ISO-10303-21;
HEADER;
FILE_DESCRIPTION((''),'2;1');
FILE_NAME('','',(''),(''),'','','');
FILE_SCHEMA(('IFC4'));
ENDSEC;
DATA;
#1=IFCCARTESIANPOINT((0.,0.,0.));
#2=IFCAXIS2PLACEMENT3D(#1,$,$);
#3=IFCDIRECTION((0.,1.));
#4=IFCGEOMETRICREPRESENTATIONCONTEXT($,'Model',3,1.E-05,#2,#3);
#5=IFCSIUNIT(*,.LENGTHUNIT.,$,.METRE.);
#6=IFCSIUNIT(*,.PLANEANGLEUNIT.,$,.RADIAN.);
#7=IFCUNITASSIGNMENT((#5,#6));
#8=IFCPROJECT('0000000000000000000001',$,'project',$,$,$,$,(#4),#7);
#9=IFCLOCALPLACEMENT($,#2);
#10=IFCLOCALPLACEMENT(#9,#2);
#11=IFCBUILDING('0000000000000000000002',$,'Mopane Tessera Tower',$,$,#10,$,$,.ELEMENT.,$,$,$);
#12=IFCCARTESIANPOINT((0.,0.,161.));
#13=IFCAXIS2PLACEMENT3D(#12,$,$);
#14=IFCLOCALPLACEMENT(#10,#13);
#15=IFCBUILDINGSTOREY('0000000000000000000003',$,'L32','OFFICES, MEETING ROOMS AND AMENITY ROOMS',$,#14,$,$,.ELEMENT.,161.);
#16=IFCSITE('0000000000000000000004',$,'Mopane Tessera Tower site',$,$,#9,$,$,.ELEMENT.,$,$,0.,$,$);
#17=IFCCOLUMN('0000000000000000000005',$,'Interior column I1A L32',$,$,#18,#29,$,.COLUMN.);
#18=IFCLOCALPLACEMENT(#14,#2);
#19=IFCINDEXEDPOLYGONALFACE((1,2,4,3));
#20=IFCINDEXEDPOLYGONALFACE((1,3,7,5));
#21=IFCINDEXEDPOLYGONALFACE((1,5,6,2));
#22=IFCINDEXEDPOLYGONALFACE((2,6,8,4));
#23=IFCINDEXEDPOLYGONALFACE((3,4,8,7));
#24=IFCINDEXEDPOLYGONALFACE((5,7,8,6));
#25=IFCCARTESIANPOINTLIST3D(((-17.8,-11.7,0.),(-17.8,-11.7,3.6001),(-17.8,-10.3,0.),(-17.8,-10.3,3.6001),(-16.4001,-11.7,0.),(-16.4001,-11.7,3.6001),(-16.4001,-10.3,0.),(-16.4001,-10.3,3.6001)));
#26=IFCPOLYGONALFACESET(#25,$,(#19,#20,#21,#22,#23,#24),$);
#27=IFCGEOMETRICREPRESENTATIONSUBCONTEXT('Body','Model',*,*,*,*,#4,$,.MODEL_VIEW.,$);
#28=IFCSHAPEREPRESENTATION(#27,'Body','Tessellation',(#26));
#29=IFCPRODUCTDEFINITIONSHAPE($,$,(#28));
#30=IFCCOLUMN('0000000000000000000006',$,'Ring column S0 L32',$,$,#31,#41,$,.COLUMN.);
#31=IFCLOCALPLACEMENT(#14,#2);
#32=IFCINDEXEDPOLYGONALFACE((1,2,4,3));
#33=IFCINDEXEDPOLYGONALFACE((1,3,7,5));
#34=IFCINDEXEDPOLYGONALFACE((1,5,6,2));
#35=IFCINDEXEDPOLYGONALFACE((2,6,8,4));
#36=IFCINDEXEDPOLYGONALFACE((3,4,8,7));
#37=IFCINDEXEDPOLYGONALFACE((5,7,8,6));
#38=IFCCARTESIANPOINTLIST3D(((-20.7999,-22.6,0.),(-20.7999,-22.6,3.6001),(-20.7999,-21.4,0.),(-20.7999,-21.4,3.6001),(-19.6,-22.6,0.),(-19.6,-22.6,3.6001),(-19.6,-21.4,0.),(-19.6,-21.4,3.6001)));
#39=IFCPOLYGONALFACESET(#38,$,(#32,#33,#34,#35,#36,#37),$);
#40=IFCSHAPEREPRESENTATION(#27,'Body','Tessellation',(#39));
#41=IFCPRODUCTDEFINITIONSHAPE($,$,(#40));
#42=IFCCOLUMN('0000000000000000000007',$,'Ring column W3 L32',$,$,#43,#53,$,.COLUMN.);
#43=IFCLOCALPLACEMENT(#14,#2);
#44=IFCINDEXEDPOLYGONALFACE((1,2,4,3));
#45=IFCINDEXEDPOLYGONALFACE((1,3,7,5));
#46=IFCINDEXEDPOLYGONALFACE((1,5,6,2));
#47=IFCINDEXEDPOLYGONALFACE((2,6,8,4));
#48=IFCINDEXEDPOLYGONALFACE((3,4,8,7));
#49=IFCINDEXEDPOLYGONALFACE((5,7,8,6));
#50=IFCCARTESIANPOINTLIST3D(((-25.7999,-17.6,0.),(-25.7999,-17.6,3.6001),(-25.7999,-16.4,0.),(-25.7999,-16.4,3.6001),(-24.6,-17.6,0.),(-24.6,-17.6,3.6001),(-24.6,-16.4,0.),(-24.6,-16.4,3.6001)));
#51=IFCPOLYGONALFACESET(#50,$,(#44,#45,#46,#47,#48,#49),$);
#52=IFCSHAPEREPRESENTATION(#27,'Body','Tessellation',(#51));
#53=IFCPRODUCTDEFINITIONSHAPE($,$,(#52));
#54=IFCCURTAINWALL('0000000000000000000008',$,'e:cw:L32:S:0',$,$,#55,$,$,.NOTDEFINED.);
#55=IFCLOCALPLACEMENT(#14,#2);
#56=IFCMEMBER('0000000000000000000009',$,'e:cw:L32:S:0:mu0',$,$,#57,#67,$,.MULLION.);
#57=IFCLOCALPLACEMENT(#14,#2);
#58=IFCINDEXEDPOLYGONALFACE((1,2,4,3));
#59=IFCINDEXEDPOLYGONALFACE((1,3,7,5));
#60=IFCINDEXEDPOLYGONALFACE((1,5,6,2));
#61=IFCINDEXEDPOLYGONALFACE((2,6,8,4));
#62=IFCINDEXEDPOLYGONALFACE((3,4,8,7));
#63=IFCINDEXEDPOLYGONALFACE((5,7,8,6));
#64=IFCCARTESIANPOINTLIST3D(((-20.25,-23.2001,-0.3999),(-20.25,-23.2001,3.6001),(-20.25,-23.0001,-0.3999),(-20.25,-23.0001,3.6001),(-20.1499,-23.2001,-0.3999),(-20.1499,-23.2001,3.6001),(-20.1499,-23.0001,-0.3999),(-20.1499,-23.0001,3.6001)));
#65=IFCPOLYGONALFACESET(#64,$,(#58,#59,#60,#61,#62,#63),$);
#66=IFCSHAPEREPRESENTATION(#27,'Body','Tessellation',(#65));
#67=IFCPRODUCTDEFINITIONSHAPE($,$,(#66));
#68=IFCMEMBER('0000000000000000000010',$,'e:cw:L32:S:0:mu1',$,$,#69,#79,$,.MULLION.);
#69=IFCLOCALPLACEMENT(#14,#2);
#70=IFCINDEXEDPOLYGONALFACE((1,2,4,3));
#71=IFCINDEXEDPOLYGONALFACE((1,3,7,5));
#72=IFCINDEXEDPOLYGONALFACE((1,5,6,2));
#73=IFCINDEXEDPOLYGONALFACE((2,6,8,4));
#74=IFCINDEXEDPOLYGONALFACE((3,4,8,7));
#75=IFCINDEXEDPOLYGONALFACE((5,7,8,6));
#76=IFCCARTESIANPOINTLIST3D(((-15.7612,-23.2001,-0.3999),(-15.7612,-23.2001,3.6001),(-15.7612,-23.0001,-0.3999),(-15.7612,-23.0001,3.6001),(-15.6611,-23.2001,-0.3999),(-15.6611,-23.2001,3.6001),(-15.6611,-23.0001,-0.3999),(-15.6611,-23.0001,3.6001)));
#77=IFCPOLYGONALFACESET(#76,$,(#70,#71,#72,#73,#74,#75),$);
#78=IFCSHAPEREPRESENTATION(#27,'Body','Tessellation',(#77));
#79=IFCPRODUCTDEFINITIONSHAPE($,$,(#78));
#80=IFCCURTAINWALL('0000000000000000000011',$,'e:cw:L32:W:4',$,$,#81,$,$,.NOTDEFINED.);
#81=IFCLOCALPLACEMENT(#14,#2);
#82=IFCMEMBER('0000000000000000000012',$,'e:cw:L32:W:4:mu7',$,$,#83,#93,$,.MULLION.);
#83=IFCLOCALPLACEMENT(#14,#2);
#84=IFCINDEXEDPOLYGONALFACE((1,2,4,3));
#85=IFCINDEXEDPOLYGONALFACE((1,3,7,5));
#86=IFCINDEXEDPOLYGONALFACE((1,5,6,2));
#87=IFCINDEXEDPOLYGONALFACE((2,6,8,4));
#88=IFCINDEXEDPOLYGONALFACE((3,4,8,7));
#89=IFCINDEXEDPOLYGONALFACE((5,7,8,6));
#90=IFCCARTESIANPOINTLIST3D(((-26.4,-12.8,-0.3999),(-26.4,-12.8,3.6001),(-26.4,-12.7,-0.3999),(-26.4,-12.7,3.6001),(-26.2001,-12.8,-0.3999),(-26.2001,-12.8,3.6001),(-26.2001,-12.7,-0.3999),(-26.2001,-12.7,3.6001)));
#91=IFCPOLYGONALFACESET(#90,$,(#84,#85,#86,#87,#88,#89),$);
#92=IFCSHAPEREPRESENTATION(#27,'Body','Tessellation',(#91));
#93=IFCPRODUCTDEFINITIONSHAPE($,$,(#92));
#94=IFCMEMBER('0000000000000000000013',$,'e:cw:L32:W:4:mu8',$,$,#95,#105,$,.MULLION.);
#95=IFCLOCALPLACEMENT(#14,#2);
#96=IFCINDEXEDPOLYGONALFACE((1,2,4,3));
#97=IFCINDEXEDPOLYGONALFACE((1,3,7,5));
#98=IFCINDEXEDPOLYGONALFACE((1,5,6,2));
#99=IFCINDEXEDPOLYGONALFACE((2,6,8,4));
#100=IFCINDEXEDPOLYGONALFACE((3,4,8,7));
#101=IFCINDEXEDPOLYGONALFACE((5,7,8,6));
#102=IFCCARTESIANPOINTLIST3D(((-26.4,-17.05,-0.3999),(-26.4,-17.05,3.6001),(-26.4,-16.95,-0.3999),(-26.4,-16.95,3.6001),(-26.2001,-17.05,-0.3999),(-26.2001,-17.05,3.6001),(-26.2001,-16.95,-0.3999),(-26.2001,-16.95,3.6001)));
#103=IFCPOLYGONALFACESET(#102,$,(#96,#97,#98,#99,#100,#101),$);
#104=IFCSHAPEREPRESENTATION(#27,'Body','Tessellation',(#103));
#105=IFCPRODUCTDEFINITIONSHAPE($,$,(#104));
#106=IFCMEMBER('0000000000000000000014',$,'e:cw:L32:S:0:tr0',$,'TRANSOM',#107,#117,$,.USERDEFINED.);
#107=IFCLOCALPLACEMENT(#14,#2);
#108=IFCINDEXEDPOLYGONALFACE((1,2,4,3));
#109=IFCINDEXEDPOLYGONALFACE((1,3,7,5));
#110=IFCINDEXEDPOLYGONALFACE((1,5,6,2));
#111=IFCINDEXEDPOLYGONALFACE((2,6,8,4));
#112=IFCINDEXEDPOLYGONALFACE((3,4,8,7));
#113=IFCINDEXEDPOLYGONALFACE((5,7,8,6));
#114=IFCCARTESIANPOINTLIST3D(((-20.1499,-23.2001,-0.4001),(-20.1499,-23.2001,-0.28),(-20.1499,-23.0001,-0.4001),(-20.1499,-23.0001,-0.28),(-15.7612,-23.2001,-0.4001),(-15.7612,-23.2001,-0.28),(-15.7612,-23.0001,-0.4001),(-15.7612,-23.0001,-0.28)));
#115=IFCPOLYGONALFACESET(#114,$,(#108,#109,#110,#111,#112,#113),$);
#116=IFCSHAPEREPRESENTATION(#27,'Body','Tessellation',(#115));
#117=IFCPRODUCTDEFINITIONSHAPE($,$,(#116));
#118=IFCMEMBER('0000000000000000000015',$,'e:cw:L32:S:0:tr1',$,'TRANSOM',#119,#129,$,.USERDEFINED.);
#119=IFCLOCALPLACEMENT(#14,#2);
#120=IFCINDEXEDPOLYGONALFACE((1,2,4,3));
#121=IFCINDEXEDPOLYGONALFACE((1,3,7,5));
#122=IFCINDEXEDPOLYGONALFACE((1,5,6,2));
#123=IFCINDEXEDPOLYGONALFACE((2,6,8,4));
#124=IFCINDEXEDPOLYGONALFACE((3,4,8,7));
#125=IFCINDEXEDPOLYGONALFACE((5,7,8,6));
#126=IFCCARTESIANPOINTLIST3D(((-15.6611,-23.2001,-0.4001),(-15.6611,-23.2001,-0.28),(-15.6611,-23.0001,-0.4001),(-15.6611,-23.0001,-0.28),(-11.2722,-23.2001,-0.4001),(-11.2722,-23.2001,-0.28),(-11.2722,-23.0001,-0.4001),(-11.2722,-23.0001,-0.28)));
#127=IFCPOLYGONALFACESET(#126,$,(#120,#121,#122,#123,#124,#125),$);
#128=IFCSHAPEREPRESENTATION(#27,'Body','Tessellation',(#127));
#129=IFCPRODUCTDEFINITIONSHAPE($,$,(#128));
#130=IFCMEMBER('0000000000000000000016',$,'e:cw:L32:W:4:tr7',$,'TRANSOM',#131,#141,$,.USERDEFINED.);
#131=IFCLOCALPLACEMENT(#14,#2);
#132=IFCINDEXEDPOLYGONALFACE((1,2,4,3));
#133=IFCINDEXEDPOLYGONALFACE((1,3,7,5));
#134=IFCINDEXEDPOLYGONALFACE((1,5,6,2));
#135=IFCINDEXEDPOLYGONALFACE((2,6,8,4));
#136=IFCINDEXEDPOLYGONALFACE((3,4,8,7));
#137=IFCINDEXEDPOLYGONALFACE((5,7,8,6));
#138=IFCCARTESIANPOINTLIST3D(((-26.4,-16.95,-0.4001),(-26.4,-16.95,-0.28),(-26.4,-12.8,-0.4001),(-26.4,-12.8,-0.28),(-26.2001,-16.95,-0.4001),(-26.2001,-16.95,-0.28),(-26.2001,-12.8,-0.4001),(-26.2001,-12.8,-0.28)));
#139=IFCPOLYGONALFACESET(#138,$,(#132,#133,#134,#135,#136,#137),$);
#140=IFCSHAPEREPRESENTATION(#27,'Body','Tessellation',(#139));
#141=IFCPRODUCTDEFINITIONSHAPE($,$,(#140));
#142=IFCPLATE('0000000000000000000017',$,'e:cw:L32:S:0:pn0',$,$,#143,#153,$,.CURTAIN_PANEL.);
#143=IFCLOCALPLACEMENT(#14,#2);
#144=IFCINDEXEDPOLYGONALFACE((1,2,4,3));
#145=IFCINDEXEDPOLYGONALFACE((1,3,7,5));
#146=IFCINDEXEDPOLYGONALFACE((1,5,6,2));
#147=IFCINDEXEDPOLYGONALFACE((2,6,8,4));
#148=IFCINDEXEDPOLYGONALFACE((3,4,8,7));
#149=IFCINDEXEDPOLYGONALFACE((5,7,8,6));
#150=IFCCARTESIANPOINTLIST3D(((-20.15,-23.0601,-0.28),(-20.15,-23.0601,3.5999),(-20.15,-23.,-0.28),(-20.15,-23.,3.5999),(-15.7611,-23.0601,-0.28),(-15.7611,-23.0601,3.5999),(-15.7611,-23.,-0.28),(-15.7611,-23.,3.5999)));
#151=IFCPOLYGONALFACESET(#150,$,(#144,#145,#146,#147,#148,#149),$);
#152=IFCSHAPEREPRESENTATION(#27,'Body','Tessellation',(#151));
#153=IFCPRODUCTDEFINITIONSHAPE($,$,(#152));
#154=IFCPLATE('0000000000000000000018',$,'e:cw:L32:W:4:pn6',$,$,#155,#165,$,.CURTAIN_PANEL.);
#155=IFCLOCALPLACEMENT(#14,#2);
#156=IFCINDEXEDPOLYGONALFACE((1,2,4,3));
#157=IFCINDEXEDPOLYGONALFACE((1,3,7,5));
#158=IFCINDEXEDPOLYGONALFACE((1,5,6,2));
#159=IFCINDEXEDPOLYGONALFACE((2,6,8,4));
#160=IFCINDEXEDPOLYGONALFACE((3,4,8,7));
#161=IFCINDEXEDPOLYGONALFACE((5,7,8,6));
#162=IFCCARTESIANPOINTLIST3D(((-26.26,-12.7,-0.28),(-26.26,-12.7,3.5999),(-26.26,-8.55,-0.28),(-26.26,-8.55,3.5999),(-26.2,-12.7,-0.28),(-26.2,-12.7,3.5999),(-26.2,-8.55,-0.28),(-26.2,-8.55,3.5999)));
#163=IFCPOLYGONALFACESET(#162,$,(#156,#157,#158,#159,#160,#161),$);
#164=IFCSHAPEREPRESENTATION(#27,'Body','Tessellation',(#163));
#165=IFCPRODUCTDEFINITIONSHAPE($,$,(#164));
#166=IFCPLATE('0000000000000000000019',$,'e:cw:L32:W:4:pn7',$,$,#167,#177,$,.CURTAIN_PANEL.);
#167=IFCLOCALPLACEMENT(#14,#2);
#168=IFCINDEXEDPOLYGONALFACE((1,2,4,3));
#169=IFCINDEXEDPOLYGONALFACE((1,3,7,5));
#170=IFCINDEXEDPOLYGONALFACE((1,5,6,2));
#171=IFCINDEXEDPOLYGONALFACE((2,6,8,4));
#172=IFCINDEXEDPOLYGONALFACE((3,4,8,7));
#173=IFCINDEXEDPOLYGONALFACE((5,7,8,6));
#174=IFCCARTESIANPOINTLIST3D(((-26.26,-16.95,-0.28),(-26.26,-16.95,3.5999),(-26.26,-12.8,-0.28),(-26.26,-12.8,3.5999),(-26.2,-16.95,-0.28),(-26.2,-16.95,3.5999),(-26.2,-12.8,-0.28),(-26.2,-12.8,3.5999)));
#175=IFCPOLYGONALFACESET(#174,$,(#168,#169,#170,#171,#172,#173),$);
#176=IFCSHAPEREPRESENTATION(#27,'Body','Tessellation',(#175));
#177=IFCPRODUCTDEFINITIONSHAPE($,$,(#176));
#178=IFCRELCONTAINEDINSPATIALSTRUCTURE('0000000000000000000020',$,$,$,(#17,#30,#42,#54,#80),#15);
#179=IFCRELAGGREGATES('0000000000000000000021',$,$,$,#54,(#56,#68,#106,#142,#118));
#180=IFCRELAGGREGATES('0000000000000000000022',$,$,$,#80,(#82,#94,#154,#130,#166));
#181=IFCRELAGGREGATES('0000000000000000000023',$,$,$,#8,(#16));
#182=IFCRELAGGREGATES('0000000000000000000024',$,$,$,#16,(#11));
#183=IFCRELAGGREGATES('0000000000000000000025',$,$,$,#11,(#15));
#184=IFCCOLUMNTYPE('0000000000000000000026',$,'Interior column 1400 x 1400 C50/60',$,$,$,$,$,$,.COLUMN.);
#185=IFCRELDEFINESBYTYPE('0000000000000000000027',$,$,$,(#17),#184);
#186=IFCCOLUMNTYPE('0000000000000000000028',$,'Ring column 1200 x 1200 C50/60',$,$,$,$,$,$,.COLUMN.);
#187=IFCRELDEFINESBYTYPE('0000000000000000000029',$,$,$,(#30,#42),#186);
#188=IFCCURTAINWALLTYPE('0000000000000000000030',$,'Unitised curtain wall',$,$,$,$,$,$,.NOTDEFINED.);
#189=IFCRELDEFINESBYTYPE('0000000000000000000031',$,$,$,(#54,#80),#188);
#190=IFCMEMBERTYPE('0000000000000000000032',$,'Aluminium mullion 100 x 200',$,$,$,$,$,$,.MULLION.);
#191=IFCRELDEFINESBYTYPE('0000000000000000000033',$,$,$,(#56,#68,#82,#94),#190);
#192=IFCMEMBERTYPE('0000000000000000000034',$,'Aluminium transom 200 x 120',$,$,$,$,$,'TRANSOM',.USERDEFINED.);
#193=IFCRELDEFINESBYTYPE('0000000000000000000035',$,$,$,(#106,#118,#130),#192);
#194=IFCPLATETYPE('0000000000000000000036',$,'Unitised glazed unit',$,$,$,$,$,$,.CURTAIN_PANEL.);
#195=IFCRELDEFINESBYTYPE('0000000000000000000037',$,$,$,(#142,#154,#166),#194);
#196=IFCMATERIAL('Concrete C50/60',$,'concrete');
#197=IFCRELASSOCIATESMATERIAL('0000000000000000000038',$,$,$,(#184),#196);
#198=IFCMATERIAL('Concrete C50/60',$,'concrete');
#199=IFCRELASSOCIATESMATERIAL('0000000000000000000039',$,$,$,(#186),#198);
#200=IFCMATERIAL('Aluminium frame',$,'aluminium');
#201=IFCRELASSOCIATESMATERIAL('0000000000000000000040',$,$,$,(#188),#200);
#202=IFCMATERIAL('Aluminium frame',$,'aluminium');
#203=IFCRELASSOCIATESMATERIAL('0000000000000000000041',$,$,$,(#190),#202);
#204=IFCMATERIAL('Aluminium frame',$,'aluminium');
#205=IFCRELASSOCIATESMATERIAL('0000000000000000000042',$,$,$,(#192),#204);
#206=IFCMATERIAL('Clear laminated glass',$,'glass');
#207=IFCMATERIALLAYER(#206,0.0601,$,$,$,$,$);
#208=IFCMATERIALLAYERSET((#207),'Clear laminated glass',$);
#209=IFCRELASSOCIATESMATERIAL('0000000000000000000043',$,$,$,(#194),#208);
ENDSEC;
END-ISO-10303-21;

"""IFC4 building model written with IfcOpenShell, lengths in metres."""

from ifc_helpers import new_model, si_unit, direction, frame, origin, origin_2d, place, context, subcontext, project, spatial, rectangle, extrude, material, layer, layer_set, material_profile, profile_set, type_object, element, aggregate, save


model = new_model("IFC4")

# Units and contexts
model_context = context("Model", 3, precision=1e-05, world=origin(), true_north=direction((0.0, 1.0)))
body_context = subcontext(model_context, "Body", "Model", "MODEL_VIEW")
ifc_project = project(units=[si_unit("LENGTHUNIT", "METRE"), si_unit("PLANEANGLEUNIT", "RADIAN")], contexts=[model_context])

# Site, building, storey
site_placement = place(None, origin())
site = spatial("IfcSite", under=ifc_project, at=site_placement, Name="Mopane Tessera Tower site", CompositionType="ELEMENT", RefElevation=0.0)
building_placement = place(site_placement, origin())
building = spatial("IfcBuilding", under=site, at=building_placement, Name="Mopane Tessera Tower", CompositionType="ELEMENT")
storey_placement = place(building_placement, frame((0.0, 0.0, 161.0)))
storey = spatial("IfcBuildingStorey", under=building, at=storey_placement, Name="L32", Description="OFFICES, MEETING ROOMS AND AMENITY ROOMS", CompositionType="ELEMENT", Elevation=161.0)

# Columns
ifc_material_1 = material(Name="Concrete C50/60", Category="concrete")
ifc_material_profile_1 = material_profile(ifc_material_1, rectangle(XDim=1.3999, YDim=1.3999, at=origin_2d()))
ifc_profile_set_1 = profile_set([ifc_material_profile_1], Name="Concrete C50/60")
column_type_1 = type_object("IfcColumnType", Name="Interior column 1400 x 1400 C50/60", PredefinedType="COLUMN", material=ifc_profile_set_1)
column_placement = place(storey_placement, frame((-17.1001, -11.0, 0.0), z_axis=(0.0, 0.0, 1.0), x_axis=(1.0, 0.0, 0.0)))
element("IfcColumn", 1, at=column_placement, inside=storey, type_object=column_type_1, Name="Interior column I1A L32", PredefinedType="COLUMN", context=body_context, shape_type="SweptSolid", body=[
    extrude(rectangle(XDim=1.3999, YDim=1.3999, at=origin_2d()), origin(), (0.0, 0.0, 1.0), 3.6001),
])
ifc_material_2 = material(Name="Concrete C50/60", Category="concrete")
ifc_material_profile_2 = material_profile(ifc_material_2, rectangle(XDim=1.2, YDim=1.2, at=origin_2d()))
ifc_profile_set_2 = profile_set([ifc_material_profile_2], Name="Concrete C50/60")
column_type_2 = type_object("IfcColumnType", Name="Ring column 1200 x 1200 C50/60", PredefinedType="COLUMN", material=ifc_profile_set_2)
for number, where, z_axis, x_axis, name in (
    (2, (-20.2, -22.0, 0.0), (0.0, 0.0, 1.0), (1.0, 0.0, 0.0), "Ring column S0 L32"),
    (3, (-25.2, -17.0, 0.0), (0.0, 0.0, 1.0), (1.0, 0.0, 0.0), "Ring column W3 L32"),
):
    element("IfcColumn", number, at=place(storey_placement, frame(where, z_axis=z_axis, x_axis=x_axis)), inside=storey, type_object=column_type_2, Name=name, PredefinedType="COLUMN", context=body_context, shape_type="SweptSolid", body=[
        extrude(rectangle(XDim=1.2, YDim=1.2, at=origin_2d()), origin(), (0.0, 0.0, 1.0), 3.6001),
    ])

# Curtain walls, members
ifc_material_3 = material(Name="Aluminium frame", Category="aluminium")
curtain_wall_type = type_object("IfcCurtainWallType", Name="Unitised curtain wall", PredefinedType="NOTDEFINED", material=ifc_material_3)
curtain_wall_1_placement = place(storey_placement, origin())
curtain_wall_1 = element("IfcCurtainWall", 4, at=curtain_wall_1_placement, inside=storey, type_object=curtain_wall_type, Name="e:cw:L32:S:0", PredefinedType="NOTDEFINED")
ifc_material_4 = material(Name="Aluminium frame", Category="aluminium")
ifc_material_profile_3 = material_profile(ifc_material_4, rectangle(XDim=0.1001, YDim=0.2, at=origin_2d()))
ifc_profile_set_3 = profile_set([ifc_material_profile_3], Name="Aluminium frame")
member_type_1 = type_object("IfcMemberType", Name="Aluminium mullion 100 x 200", PredefinedType="MULLION", material=ifc_profile_set_3)
member_1_placement = place(storey_placement, frame((-20.2, -23.1001, -0.3999), z_axis=(0.0, 0.0, 1.0), x_axis=(1.0, 0.0, 0.0)))
member_1 = element("IfcMember", 5, at=member_1_placement, type_object=member_type_1, Name="e:cw:L32:S:0:mu0", PredefinedType="MULLION", context=body_context, shape_type="SweptSolid", body=[
    extrude(rectangle(XDim=0.1001, YDim=0.2, at=origin_2d()), origin(), (0.0, 0.0, 1.0), 4.0),
])
member_2_placement = place(storey_placement, frame((-15.7112, -23.1001, -0.3999), z_axis=(0.0, 0.0, 1.0), x_axis=(1.0, 0.0, 0.0)))
member_2 = element("IfcMember", 6, at=member_2_placement, type_object=member_type_1, Name="e:cw:L32:S:0:mu1", PredefinedType="MULLION", context=body_context, shape_type="SweptSolid", body=[
    extrude(rectangle(XDim=0.1001, YDim=0.2, at=origin_2d()), origin(), (0.0, 0.0, 1.0), 4.0),
])
curtain_wall_2_placement = place(storey_placement, origin())
curtain_wall_2 = element("IfcCurtainWall", 7, at=curtain_wall_2_placement, inside=storey, type_object=curtain_wall_type, Name="e:cw:L32:W:4", PredefinedType="NOTDEFINED")
member_3_placement = place(storey_placement, frame((-26.3, -12.75, -0.3999), z_axis=(0.0, 0.0, 1.0), x_axis=(0.0, -1.0, 0.0)))
member_3 = element("IfcMember", 8, at=member_3_placement, type_object=member_type_1, Name="e:cw:L32:W:4:mu7", PredefinedType="MULLION", context=body_context, shape_type="SweptSolid", body=[
    extrude(rectangle(XDim=0.1001, YDim=0.2, at=origin_2d()), origin(), (0.0, 0.0, 1.0), 4.0),
])
member_4_placement = place(storey_placement, frame((-26.3, -17.0, -0.3999), z_axis=(0.0, 0.0, 1.0), x_axis=(0.0, -1.0, 0.0)))
member_4 = element("IfcMember", 9, at=member_4_placement, type_object=member_type_1, Name="e:cw:L32:W:4:mu8", PredefinedType="MULLION", context=body_context, shape_type="SweptSolid", body=[
    extrude(rectangle(XDim=0.1001, YDim=0.2, at=origin_2d()), origin(), (0.0, 0.0, 1.0), 4.0),
])

# Members
ifc_material_5 = material(Name="Aluminium frame", Category="aluminium")
ifc_material_profile_4 = material_profile(ifc_material_5, rectangle(XDim=0.2, YDim=0.1201, at=origin_2d()))
ifc_profile_set_4 = profile_set([ifc_material_profile_4], Name="Aluminium frame")
member_type_2 = type_object("IfcMemberType", Name="Aluminium transom 200 x 120", ElementType="TRANSOM", PredefinedType="USERDEFINED", material=ifc_profile_set_4)
member_5_placement = place(storey_placement, frame((-20.1499, -23.1001, -0.3401), z_axis=(1.0, 0.0, 0.0), x_axis=(0.0, 1.0, 0.0)))
member_5 = element("IfcMember", 10, at=member_5_placement, type_object=member_type_2, Name="e:cw:L32:S:0:tr0", ObjectType="TRANSOM", PredefinedType="USERDEFINED", context=body_context, shape_type="SweptSolid", body=[
    extrude(rectangle(XDim=0.2, YDim=0.1201, at=origin_2d()), origin(), (0.0, 0.0, 1.0), 4.3887),
])
member_6_placement = place(storey_placement, frame((-15.6611, -23.1001, -0.3401), z_axis=(1.0, 0.0, 0.0), x_axis=(0.0, 1.0, 0.0)))
member_6 = element("IfcMember", 11, at=member_6_placement, type_object=member_type_2, Name="e:cw:L32:S:0:tr1", ObjectType="TRANSOM", PredefinedType="USERDEFINED", context=body_context, shape_type="SweptSolid", body=[
    extrude(rectangle(XDim=0.2, YDim=0.1201, at=origin_2d()), origin(), (0.0, 0.0, 1.0), 4.3889),
])
member_7_placement = place(storey_placement, frame((-26.3, -12.8, -0.3401), z_axis=(0.0, -1.0, 0.0), x_axis=(1.0, 0.0, 0.0)))
member_7 = element("IfcMember", 12, at=member_7_placement, type_object=member_type_2, Name="e:cw:L32:W:4:tr7", ObjectType="TRANSOM", PredefinedType="USERDEFINED", context=body_context, shape_type="SweptSolid", body=[
    extrude(rectangle(XDim=0.2, YDim=0.1201, at=origin_2d()), origin(), (0.0, 0.0, 1.0), 4.1499),
])

# Plates
ifc_material_6 = material(Name="Clear laminated glass", Category="glass")
ifc_layer_1 = layer(ifc_material_6, 0.0601)
ifc_layer_set_1 = layer_set([ifc_layer_1], Name="Clear laminated glass")
plate_type = type_object("IfcPlateType", Name="Unitised glazed unit", PredefinedType="CURTAIN_PANEL", material=ifc_layer_set_1)
plate_1_placement = place(storey_placement, frame((-17.9556, -23.03, -0.28), z_axis=(0.0, 0.0, 1.0), x_axis=(1.0, 0.0, 0.0)))
plate_1 = element("IfcPlate", 13, at=plate_1_placement, type_object=plate_type, Name="e:cw:L32:S:0:pn0", PredefinedType="CURTAIN_PANEL", context=body_context, shape_type="SweptSolid", body=[
    extrude(rectangle(XDim=4.3889, YDim=0.0601, at=origin_2d()), origin(), (0.0, 0.0, 1.0), 3.8799),
])
aggregate(curtain_wall_1, [member_1, member_2, member_5, plate_1, member_6])
plate_2_placement = place(storey_placement, frame((-26.23, -10.625, -0.28), z_axis=(0.0, 0.0, 1.0), x_axis=(0.0, -1.0, 0.0)))
plate_2 = element("IfcPlate", 14, at=plate_2_placement, type_object=plate_type, Name="e:cw:L32:W:4:pn6", PredefinedType="CURTAIN_PANEL", context=body_context, shape_type="SweptSolid", body=[
    extrude(rectangle(XDim=4.1499, YDim=0.0601, at=origin_2d()), origin(), (0.0, 0.0, 1.0), 3.8799),
])
plate_3_placement = place(storey_placement, frame((-26.23, -14.875, -0.28), z_axis=(0.0, 0.0, 1.0), x_axis=(0.0, -1.0, 0.0)))
plate_3 = element("IfcPlate", 15, at=plate_3_placement, type_object=plate_type, Name="e:cw:L32:W:4:pn7", PredefinedType="CURTAIN_PANEL", context=body_context, shape_type="SweptSolid", body=[
    extrude(rectangle(XDim=4.1499, YDim=0.0601, at=origin_2d()), origin(), (0.0, 0.0, 1.0), 3.8799),
])
aggregate(curtain_wall_2, [member_3, member_4, plate_2, member_7, plate_3])

save(model, "model.ifc")
